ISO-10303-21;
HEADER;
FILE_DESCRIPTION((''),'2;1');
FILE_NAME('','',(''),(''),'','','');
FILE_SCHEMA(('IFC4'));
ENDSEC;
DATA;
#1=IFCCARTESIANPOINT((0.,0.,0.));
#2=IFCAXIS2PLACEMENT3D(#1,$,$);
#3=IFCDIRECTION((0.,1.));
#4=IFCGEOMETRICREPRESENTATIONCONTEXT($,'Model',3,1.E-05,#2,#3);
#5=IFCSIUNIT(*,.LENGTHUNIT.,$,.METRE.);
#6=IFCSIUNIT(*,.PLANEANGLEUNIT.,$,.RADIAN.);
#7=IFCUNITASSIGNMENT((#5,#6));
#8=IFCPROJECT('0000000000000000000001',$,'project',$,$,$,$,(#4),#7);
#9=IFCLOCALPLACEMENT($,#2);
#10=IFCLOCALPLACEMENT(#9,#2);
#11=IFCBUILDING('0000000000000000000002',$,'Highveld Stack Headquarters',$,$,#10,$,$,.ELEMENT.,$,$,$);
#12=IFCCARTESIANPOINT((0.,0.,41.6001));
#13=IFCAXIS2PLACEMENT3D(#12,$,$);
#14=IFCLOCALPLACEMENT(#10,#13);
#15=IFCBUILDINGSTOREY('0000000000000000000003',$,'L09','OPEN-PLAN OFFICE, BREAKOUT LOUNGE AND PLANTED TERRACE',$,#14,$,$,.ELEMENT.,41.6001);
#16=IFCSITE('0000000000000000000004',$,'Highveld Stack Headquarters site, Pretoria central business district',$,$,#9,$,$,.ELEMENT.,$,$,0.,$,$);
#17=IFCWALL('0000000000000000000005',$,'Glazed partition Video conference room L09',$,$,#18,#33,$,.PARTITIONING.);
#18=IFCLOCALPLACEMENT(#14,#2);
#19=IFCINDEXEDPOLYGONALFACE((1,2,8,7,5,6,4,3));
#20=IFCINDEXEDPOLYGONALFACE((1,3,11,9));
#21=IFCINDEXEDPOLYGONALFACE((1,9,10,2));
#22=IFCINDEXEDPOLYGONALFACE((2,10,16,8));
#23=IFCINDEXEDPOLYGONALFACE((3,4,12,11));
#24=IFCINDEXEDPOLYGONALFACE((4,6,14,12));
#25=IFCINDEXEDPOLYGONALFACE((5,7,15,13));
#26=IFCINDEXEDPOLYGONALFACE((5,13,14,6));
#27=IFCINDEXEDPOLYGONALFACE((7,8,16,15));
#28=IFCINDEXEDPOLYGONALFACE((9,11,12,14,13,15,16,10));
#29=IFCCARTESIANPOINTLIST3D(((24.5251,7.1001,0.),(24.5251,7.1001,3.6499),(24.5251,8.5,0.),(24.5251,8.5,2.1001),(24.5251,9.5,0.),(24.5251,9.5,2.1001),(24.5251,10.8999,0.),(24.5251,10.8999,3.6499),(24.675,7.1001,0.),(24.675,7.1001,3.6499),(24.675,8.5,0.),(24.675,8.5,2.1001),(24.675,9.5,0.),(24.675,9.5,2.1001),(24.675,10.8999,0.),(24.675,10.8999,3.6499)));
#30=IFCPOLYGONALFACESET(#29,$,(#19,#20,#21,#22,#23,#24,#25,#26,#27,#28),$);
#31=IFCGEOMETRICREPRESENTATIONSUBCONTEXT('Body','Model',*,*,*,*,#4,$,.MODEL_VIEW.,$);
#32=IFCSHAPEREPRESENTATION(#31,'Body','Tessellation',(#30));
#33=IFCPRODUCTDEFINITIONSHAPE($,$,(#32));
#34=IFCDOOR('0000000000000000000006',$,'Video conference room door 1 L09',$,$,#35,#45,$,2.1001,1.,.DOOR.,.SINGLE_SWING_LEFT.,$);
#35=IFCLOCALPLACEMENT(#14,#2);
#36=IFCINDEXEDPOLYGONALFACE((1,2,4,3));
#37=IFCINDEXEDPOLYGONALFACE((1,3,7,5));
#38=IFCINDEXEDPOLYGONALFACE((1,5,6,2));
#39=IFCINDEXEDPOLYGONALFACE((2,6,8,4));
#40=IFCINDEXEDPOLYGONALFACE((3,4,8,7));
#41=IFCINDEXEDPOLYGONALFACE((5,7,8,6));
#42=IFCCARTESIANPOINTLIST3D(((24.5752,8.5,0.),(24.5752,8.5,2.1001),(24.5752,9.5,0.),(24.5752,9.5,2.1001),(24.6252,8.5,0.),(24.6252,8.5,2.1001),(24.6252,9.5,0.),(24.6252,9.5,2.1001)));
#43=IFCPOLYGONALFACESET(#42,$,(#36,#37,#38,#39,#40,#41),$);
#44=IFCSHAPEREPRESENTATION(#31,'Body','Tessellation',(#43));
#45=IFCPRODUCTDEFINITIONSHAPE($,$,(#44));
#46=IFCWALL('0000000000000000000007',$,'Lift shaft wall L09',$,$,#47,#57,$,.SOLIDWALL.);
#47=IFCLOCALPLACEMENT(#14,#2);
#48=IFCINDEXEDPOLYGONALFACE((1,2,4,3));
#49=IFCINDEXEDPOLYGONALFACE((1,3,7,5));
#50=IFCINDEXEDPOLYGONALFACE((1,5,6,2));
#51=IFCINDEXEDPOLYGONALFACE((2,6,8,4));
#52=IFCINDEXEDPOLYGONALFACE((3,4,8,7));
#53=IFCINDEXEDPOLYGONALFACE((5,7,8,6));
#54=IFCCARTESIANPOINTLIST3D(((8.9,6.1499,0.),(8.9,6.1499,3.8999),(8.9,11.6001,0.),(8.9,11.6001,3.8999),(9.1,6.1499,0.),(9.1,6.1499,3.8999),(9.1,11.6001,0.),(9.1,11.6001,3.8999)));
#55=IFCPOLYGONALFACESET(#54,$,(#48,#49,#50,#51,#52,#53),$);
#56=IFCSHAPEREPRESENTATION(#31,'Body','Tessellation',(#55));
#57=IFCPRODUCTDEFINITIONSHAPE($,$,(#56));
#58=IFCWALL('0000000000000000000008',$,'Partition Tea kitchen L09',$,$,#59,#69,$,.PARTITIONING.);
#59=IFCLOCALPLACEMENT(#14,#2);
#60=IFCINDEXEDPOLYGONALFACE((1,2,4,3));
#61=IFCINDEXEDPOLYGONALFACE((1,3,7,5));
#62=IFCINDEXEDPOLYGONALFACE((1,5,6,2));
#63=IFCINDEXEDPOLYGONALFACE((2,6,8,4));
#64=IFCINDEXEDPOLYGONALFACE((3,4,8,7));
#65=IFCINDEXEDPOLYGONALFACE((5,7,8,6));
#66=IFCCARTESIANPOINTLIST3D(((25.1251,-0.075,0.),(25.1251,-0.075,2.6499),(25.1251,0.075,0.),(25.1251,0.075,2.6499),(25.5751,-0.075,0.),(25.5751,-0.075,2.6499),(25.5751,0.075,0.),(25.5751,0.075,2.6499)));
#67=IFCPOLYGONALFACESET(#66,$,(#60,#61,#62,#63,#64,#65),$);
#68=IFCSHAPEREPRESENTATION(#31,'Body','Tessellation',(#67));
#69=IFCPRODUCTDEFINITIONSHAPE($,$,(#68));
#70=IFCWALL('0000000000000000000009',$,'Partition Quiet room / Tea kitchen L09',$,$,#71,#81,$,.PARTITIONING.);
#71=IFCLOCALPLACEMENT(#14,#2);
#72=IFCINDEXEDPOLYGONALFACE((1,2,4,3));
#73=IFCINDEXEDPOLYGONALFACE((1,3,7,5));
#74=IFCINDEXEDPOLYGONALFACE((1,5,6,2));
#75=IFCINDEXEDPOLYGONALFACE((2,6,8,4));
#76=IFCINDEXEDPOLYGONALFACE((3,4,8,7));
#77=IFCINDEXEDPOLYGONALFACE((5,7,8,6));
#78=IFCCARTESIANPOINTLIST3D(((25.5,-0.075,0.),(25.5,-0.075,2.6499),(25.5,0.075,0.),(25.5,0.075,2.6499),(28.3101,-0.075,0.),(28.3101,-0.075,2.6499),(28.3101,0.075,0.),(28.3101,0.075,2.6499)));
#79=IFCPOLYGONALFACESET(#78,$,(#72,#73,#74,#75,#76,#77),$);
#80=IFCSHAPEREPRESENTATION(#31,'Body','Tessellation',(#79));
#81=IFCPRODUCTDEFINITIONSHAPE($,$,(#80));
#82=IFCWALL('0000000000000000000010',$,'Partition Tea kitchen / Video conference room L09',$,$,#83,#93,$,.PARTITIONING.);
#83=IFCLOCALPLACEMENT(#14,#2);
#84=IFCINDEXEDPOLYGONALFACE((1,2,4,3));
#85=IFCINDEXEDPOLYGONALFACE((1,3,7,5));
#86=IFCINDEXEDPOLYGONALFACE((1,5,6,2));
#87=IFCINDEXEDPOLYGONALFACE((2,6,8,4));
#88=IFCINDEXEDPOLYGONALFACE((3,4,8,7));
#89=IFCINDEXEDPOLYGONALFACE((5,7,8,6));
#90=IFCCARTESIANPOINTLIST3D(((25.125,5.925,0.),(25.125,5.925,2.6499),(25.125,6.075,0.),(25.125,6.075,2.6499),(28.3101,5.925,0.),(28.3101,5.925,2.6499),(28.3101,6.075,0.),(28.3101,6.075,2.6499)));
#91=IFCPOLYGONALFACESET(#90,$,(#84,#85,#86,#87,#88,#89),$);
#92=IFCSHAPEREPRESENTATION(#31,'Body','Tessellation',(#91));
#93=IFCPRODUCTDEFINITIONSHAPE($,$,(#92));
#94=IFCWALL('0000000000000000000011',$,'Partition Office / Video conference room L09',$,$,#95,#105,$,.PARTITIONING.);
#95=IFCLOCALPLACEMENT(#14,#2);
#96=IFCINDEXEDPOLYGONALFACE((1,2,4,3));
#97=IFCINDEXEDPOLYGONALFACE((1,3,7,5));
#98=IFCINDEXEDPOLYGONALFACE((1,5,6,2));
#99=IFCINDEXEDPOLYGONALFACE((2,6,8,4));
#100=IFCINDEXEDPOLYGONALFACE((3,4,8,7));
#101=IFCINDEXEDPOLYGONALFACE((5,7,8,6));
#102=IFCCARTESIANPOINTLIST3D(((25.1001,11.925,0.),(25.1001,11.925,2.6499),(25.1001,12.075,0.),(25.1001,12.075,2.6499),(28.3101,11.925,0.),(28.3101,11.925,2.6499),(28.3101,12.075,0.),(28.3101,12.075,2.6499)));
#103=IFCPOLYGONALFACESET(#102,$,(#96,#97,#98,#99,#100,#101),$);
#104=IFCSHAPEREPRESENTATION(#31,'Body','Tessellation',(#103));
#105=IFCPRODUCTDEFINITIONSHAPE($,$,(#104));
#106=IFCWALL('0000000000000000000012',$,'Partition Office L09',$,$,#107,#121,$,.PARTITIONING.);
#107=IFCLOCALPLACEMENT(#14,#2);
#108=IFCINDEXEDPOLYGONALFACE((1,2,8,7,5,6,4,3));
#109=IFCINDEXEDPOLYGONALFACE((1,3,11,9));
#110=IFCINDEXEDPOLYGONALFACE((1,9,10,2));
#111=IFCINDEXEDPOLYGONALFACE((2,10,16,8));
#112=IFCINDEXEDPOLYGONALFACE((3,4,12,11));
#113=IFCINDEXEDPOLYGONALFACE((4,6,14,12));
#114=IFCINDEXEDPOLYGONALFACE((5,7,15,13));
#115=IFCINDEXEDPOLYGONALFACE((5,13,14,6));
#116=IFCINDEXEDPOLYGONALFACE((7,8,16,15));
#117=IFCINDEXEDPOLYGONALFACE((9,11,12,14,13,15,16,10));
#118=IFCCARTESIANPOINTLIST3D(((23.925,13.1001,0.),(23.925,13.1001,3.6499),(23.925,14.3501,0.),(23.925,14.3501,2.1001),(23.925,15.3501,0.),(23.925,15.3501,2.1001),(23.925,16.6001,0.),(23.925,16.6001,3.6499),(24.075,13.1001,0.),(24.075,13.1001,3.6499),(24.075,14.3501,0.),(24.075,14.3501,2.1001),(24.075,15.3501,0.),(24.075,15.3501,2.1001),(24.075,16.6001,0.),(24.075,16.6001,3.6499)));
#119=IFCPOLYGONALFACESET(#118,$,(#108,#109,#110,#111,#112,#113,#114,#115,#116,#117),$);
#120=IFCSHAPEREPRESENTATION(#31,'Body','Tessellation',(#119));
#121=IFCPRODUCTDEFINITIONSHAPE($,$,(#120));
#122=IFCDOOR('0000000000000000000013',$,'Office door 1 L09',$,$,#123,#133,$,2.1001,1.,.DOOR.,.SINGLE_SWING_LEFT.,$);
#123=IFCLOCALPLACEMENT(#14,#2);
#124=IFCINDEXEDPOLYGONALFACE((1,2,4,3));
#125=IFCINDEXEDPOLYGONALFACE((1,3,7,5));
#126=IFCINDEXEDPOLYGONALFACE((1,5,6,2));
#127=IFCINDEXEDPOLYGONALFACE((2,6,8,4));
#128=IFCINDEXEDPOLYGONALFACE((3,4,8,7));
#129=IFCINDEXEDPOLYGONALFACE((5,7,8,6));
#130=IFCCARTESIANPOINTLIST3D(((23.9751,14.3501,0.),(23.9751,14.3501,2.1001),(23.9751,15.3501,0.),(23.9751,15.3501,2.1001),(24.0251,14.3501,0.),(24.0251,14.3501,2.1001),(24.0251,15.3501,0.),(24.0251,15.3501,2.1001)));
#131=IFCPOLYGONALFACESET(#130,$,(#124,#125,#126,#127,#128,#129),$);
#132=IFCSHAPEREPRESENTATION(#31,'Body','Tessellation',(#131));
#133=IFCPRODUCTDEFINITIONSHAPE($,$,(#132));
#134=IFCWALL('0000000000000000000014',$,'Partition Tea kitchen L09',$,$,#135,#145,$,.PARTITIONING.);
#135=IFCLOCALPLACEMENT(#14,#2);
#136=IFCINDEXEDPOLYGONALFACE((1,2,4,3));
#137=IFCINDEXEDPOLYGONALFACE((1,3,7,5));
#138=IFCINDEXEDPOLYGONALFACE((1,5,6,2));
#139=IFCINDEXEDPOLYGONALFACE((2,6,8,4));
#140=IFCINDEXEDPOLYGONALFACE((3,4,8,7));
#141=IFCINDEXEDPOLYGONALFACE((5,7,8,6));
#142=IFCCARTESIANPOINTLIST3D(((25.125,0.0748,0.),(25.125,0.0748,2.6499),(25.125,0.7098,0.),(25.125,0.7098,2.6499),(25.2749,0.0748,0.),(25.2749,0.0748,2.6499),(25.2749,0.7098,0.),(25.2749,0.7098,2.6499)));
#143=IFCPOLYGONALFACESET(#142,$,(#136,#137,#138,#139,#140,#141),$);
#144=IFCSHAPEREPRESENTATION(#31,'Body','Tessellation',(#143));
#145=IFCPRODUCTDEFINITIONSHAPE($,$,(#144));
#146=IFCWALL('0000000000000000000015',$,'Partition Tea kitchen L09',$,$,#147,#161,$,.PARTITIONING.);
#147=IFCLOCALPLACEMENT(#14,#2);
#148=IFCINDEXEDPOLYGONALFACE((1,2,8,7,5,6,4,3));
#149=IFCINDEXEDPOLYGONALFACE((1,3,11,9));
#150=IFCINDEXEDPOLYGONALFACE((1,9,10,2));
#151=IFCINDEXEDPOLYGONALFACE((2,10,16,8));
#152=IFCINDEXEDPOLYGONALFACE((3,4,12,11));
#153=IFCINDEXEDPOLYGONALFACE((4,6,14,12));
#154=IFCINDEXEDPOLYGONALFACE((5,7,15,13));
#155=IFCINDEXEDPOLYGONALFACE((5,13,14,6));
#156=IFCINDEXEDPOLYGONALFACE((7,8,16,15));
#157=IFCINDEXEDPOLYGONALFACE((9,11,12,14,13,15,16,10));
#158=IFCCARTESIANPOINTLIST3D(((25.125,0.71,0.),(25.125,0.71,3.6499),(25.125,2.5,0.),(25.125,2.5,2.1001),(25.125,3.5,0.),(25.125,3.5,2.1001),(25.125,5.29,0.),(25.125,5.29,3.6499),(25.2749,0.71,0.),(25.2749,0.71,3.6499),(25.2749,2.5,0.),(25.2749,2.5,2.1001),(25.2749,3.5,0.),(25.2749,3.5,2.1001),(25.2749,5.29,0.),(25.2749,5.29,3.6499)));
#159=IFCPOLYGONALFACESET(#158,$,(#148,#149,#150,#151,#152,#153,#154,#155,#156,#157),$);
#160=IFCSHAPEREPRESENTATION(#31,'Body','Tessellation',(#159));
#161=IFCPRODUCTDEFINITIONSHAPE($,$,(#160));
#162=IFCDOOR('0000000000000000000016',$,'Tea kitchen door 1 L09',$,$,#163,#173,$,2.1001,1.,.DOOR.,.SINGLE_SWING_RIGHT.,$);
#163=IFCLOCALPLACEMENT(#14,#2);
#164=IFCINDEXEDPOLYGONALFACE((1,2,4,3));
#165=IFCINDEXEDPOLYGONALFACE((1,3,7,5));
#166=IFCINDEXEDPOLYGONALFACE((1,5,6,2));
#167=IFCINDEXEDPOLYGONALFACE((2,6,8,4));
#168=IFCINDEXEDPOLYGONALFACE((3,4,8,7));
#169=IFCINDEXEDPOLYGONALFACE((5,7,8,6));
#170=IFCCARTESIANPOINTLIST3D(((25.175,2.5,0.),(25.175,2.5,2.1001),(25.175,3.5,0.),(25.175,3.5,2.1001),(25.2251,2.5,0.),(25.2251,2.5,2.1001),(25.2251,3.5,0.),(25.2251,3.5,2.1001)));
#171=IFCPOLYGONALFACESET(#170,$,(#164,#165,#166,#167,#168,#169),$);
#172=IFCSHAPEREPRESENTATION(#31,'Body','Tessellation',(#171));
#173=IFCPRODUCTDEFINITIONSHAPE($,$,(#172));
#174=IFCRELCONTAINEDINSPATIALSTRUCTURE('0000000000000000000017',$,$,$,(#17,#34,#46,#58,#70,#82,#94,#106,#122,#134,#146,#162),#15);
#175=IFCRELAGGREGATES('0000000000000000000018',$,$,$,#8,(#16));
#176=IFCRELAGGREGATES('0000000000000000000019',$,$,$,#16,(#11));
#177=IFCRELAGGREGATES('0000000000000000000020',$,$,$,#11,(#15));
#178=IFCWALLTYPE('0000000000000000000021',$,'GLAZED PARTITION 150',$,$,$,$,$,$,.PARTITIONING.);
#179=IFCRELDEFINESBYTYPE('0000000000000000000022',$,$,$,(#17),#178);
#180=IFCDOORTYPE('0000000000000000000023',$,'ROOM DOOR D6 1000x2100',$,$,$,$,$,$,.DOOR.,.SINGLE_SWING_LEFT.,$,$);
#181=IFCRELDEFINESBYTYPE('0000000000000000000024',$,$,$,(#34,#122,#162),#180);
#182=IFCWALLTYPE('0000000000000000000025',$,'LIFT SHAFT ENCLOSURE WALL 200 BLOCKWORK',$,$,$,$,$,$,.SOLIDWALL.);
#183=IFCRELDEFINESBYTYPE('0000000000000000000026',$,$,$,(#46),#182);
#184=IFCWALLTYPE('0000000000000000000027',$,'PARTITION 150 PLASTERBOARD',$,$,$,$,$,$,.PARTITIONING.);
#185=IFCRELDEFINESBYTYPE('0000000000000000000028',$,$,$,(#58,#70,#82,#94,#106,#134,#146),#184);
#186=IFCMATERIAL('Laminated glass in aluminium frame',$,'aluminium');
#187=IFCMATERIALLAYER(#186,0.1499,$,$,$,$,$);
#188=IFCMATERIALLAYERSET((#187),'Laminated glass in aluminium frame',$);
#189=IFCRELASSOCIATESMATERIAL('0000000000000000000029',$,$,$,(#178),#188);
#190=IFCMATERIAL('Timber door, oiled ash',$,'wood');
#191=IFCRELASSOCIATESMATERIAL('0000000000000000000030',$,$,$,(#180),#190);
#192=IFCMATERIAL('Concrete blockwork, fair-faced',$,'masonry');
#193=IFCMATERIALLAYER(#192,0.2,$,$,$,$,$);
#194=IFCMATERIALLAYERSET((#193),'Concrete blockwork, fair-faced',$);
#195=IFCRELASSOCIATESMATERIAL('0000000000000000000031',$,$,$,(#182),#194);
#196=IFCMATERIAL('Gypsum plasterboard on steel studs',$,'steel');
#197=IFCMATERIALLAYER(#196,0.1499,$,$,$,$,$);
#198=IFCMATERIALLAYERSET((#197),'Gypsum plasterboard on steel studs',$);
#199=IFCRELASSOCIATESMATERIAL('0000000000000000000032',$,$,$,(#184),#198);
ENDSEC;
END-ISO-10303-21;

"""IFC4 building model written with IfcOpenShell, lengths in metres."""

from ifc_helpers import new_model, si_unit, direction, frame, frame_2d, origin, place, context, subcontext, project, spatial, rectangle, extrude, material, layer, layer_set, type_object, element, fill, save


model = new_model("IFC4")

# Units and contexts
model_context = context("Model", 3, precision=1e-05, world=origin(), true_north=direction((0.0, 1.0)))
body_context = subcontext(model_context, "Body", "Model", "MODEL_VIEW")
ifc_project = project(units=[si_unit("LENGTHUNIT", "METRE"), si_unit("PLANEANGLEUNIT", "RADIAN")], contexts=[model_context])

# Site, building, storey
site_placement = place(None, origin())
site = spatial("IfcSite", under=ifc_project, at=site_placement, Name="Highveld Stack Headquarters site, Pretoria central business district", CompositionType="ELEMENT", RefElevation=0.0)
building_placement = place(site_placement, origin())
building = spatial("IfcBuilding", under=site, at=building_placement, Name="Highveld Stack Headquarters", CompositionType="ELEMENT")
storey_placement = place(building_placement, frame((0.0, 0.0, 41.6001)))
storey = spatial("IfcBuildingStorey", under=building, at=storey_placement, Name="L09", Description="OPEN-PLAN OFFICE, BREAKOUT LOUNGE AND PLANTED TERRACE", CompositionType="ELEMENT", Elevation=41.6001)

# Wall, opening, door
ifc_material_1 = material(Name="Laminated glass in aluminium frame", Category="aluminium")
ifc_layer_1 = layer(ifc_material_1, 0.1499)
ifc_layer_set_1 = layer_set([ifc_layer_1], Name="Laminated glass in aluminium frame")
wall_type_1 = type_object("IfcWallType", Name="GLAZED PARTITION 150", PredefinedType="PARTITIONING", material=ifc_layer_set_1)
wall_1_placement = place(storey_placement, frame((24.6001, 7.1001, 0.0), z_axis=(0.0, 0.0, 1.0), x_axis=(0.0, 1.0, 0.0)))
wall_1 = element("IfcWall", 1, at=wall_1_placement, inside=storey, type_object=wall_type_1, Name="Glazed partition Video conference room L09", PredefinedType="PARTITIONING", context=body_context, shape_type="SweptSolid", body=[
    extrude(rectangle(XDim=3.7998, YDim=0.1499, at=frame_2d((1.8999, 0.0))), origin(), (0.0, 0.0, 1.0), 3.6499),
])
opening_1_placement = place(wall_1_placement, frame((1.3999, 0.0, 0.0)))
opening_1 = element("IfcOpeningElement", 2, at=opening_1_placement, cuts=wall_1, PredefinedType="OPENING", context=body_context, shape_type="SweptSolid", body=[
    extrude(rectangle(XDim=1.0, YDim=2.1001, at=frame_2d((0.5, 1.05))), frame((0.0, 0.085, 0.0), z_axis=(0.0, -1.0, 0.0), x_axis=(1.0, 0.0, 0.0)), (0.0, 0.0, 1.0), 0.1699),
])
ifc_material_2 = material(Name="Timber door, oiled ash", Category="wood")
door_type_1 = type_object("IfcDoorType", Name="ROOM DOOR D6 1000x2100", OperationType="SINGLE_SWING_LEFT", PredefinedType="DOOR", material=ifc_material_2)
door_1_placement = place(opening_1_placement, origin())
door_1 = element("IfcDoor", 3, at=door_1_placement, inside=storey, type_object=door_type_1, Name="Video conference room door 1 L09", OperationType="SINGLE_SWING_LEFT", OverallHeight=2.1001, OverallWidth=1.0, PredefinedType="DOOR", context=body_context, shape_type="SweptSolid", body=[
    extrude(rectangle(XDim=1.0, YDim=2.1001, at=frame_2d((0.5, 1.05))), frame((0.0, 0.0249, 0.0), z_axis=(0.0, -1.0, 0.0), x_axis=(1.0, 0.0, 0.0)), (0.0, 0.0, 1.0), 0.05),
])
fill(opening_1, door_1)

# Walls
ifc_material_3 = material(Name="Concrete blockwork, fair-faced", Category="masonry")
ifc_layer_2 = layer(ifc_material_3, 0.2)
ifc_layer_set_2 = layer_set([ifc_layer_2], Name="Concrete blockwork, fair-faced")
wall_type_2 = type_object("IfcWallType", Name="LIFT SHAFT ENCLOSURE WALL 200 BLOCKWORK", PredefinedType="SOLIDWALL", material=ifc_layer_set_2)
wall_2_placement = place(storey_placement, frame((9.0, 6.1499, 0.0), z_axis=(0.0, 0.0, 1.0), x_axis=(0.0, 1.0, 0.0)))
element("IfcWall", 4, at=wall_2_placement, inside=storey, type_object=wall_type_2, Name="Lift shaft wall L09", PredefinedType="SOLIDWALL", context=body_context, shape_type="SweptSolid", body=[
    extrude(rectangle(XDim=5.4502, YDim=0.2, at=frame_2d((2.7251, 0.0))), origin(), (0.0, 0.0, 1.0), 3.8999),
])
ifc_material_4 = material(Name="Gypsum plasterboard on steel studs", Category="steel")
ifc_layer_3 = layer(ifc_material_4, 0.1499)
ifc_layer_set_3 = layer_set([ifc_layer_3], Name="Gypsum plasterboard on steel studs")
wall_type_3 = type_object("IfcWallType", Name="PARTITION 150 PLASTERBOARD", PredefinedType="PARTITIONING", material=ifc_layer_set_3)
wall_3_placement = place(storey_placement, frame((25.125, 0.0, 0.0), z_axis=(0.0, 0.0, 1.0), x_axis=(1.0, 0.0, 0.0)))
element("IfcWall", 5, at=wall_3_placement, inside=storey, type_object=wall_type_3, Name="Partition Tea kitchen L09", PredefinedType="PARTITIONING", context=body_context, shape_type="SweptSolid", body=[
    extrude(rectangle(XDim=0.45, YDim=0.1499, at=frame_2d((0.2251, 0.0))), origin(), (0.0, 0.0, 1.0), 2.6499),
])
wall_4_placement = place(storey_placement, frame((25.5, 0.0, 0.0), z_axis=(0.0, 0.0, 1.0), x_axis=(1.0, 0.0, 0.0)))
element("IfcWall", 6, at=wall_4_placement, inside=storey, type_object=wall_type_3, Name="Partition Quiet room / Tea kitchen L09", PredefinedType="PARTITIONING", context=body_context, shape_type="SweptSolid", body=[
    extrude(rectangle(XDim=2.8101, YDim=0.1499, at=frame_2d((1.405, 0.0))), origin(), (0.0, 0.0, 1.0), 2.6499),
])
wall_5_placement = place(storey_placement, frame((25.125, 6.0, 0.0), z_axis=(0.0, 0.0, 1.0), x_axis=(1.0, 0.0, 0.0)))
element("IfcWall", 7, at=wall_5_placement, inside=storey, type_object=wall_type_3, Name="Partition Tea kitchen / Video conference room L09", PredefinedType="PARTITIONING", context=body_context, shape_type="SweptSolid", body=[
    extrude(rectangle(XDim=3.1851, YDim=0.1499, at=frame_2d((1.5925, 0.0))), origin(), (0.0, 0.0, 1.0), 2.6499),
])
wall_6_placement = place(storey_placement, frame((25.1001, 12.0, 0.0), z_axis=(0.0, 0.0, 1.0), x_axis=(1.0, 0.0, 0.0)))
element("IfcWall", 8, at=wall_6_placement, inside=storey, type_object=wall_type_3, Name="Partition Office / Video conference room L09", PredefinedType="PARTITIONING", context=body_context, shape_type="SweptSolid", body=[
    extrude(rectangle(XDim=3.21, YDim=0.1499, at=frame_2d((1.605, 0.0))), origin(), (0.0, 0.0, 1.0), 2.6499),
])

# Wall, opening, door
wall_7_placement = place(storey_placement, frame((24.0, 13.1001, 0.0), z_axis=(0.0, 0.0, 1.0), x_axis=(0.0, 1.0, 0.0)))
wall_7 = element("IfcWall", 9, at=wall_7_placement, inside=storey, type_object=wall_type_3, Name="Partition Office L09", PredefinedType="PARTITIONING", context=body_context, shape_type="SweptSolid", body=[
    extrude(rectangle(XDim=3.5, YDim=0.1499, at=frame_2d((1.75, 0.0))), origin(), (0.0, 0.0, 1.0), 3.6499),
])
opening_2_placement = place(wall_7_placement, frame((1.25, 0.0, 0.0)))
opening_2 = element("IfcOpeningElement", 10, at=opening_2_placement, cuts=wall_7, PredefinedType="OPENING", context=body_context, shape_type="SweptSolid", body=[
    extrude(rectangle(XDim=1.0, YDim=2.1001, at=frame_2d((0.5, 1.05))), frame((0.0, 0.085, 0.0), z_axis=(0.0, -1.0, 0.0), x_axis=(1.0, 0.0, 0.0)), (0.0, 0.0, 1.0), 0.1699),
])
door_2_placement = place(opening_2_placement, origin())
door_2 = element("IfcDoor", 11, at=door_2_placement, inside=storey, type_object=door_type_1, Name="Office door 1 L09", OperationType="SINGLE_SWING_LEFT", OverallHeight=2.1001, OverallWidth=1.0, PredefinedType="DOOR", context=body_context, shape_type="SweptSolid", body=[
    extrude(rectangle(XDim=1.0, YDim=2.1001, at=frame_2d((0.5, 1.05))), frame((0.0, 0.0249, 0.0), z_axis=(0.0, -1.0, 0.0), x_axis=(1.0, 0.0, 0.0)), (0.0, 0.0, 1.0), 0.05),
])
fill(opening_2, door_2)

# Wall
wall_8_placement = place(storey_placement, frame((25.2, 0.075, 0.0), z_axis=(0.0, 0.0, 1.0), x_axis=(0.0, 1.0, 0.0)))
element("IfcWall", 12, at=wall_8_placement, inside=storey, type_object=wall_type_3, Name="Partition Tea kitchen L09", PredefinedType="PARTITIONING", context=body_context, shape_type="SweptSolid", body=[
    extrude(rectangle(XDim=0.635, YDim=0.1499, at=frame_2d((0.3174, 0.0))), origin(), (0.0, 0.0, 1.0), 2.6499),
])

# Wall, opening, door
wall_9_placement = place(storey_placement, frame((25.2, 0.71, 0.0), z_axis=(0.0, 0.0, 1.0), x_axis=(0.0, 1.0, 0.0)))
wall_9 = element("IfcWall", 13, at=wall_9_placement, inside=storey, type_object=wall_type_3, Name="Partition Tea kitchen L09", PredefinedType="PARTITIONING", context=body_context, shape_type="SweptSolid", body=[
    extrude(rectangle(XDim=4.5801, YDim=0.1499, at=frame_2d((2.29, 0.0))), origin(), (0.0, 0.0, 1.0), 3.6499),
])
opening_3_placement = place(wall_9_placement, frame((1.79, 0.0, 0.0)))
opening_3 = element("IfcOpeningElement", 14, at=opening_3_placement, cuts=wall_9, PredefinedType="OPENING", context=body_context, shape_type="SweptSolid", body=[
    extrude(rectangle(XDim=1.0, YDim=2.1001, at=frame_2d((0.5, 1.05))), frame((0.0, 0.085, 0.0), z_axis=(0.0, -1.0, 0.0), x_axis=(1.0, 0.0, 0.0)), (0.0, 0.0, 1.0), 0.1699),
])
door_3_placement = place(opening_3_placement, origin())
door_3 = element("IfcDoor", 15, at=door_3_placement, inside=storey, type_object=door_type_1, Name="Tea kitchen door 1 L09", OperationType="SINGLE_SWING_RIGHT", OverallHeight=2.1001, OverallWidth=1.0, PredefinedType="DOOR", context=body_context, shape_type="SweptSolid", body=[
    extrude(rectangle(XDim=1.0, YDim=2.1001, at=frame_2d((0.5, 1.05))), frame((0.0, 0.0249, 0.0), z_axis=(0.0, -1.0, 0.0), x_axis=(1.0, 0.0, 0.0)), (0.0, 0.0, 1.0), 0.05),
])
fill(opening_3, door_3)

save(model, "model.ifc")
